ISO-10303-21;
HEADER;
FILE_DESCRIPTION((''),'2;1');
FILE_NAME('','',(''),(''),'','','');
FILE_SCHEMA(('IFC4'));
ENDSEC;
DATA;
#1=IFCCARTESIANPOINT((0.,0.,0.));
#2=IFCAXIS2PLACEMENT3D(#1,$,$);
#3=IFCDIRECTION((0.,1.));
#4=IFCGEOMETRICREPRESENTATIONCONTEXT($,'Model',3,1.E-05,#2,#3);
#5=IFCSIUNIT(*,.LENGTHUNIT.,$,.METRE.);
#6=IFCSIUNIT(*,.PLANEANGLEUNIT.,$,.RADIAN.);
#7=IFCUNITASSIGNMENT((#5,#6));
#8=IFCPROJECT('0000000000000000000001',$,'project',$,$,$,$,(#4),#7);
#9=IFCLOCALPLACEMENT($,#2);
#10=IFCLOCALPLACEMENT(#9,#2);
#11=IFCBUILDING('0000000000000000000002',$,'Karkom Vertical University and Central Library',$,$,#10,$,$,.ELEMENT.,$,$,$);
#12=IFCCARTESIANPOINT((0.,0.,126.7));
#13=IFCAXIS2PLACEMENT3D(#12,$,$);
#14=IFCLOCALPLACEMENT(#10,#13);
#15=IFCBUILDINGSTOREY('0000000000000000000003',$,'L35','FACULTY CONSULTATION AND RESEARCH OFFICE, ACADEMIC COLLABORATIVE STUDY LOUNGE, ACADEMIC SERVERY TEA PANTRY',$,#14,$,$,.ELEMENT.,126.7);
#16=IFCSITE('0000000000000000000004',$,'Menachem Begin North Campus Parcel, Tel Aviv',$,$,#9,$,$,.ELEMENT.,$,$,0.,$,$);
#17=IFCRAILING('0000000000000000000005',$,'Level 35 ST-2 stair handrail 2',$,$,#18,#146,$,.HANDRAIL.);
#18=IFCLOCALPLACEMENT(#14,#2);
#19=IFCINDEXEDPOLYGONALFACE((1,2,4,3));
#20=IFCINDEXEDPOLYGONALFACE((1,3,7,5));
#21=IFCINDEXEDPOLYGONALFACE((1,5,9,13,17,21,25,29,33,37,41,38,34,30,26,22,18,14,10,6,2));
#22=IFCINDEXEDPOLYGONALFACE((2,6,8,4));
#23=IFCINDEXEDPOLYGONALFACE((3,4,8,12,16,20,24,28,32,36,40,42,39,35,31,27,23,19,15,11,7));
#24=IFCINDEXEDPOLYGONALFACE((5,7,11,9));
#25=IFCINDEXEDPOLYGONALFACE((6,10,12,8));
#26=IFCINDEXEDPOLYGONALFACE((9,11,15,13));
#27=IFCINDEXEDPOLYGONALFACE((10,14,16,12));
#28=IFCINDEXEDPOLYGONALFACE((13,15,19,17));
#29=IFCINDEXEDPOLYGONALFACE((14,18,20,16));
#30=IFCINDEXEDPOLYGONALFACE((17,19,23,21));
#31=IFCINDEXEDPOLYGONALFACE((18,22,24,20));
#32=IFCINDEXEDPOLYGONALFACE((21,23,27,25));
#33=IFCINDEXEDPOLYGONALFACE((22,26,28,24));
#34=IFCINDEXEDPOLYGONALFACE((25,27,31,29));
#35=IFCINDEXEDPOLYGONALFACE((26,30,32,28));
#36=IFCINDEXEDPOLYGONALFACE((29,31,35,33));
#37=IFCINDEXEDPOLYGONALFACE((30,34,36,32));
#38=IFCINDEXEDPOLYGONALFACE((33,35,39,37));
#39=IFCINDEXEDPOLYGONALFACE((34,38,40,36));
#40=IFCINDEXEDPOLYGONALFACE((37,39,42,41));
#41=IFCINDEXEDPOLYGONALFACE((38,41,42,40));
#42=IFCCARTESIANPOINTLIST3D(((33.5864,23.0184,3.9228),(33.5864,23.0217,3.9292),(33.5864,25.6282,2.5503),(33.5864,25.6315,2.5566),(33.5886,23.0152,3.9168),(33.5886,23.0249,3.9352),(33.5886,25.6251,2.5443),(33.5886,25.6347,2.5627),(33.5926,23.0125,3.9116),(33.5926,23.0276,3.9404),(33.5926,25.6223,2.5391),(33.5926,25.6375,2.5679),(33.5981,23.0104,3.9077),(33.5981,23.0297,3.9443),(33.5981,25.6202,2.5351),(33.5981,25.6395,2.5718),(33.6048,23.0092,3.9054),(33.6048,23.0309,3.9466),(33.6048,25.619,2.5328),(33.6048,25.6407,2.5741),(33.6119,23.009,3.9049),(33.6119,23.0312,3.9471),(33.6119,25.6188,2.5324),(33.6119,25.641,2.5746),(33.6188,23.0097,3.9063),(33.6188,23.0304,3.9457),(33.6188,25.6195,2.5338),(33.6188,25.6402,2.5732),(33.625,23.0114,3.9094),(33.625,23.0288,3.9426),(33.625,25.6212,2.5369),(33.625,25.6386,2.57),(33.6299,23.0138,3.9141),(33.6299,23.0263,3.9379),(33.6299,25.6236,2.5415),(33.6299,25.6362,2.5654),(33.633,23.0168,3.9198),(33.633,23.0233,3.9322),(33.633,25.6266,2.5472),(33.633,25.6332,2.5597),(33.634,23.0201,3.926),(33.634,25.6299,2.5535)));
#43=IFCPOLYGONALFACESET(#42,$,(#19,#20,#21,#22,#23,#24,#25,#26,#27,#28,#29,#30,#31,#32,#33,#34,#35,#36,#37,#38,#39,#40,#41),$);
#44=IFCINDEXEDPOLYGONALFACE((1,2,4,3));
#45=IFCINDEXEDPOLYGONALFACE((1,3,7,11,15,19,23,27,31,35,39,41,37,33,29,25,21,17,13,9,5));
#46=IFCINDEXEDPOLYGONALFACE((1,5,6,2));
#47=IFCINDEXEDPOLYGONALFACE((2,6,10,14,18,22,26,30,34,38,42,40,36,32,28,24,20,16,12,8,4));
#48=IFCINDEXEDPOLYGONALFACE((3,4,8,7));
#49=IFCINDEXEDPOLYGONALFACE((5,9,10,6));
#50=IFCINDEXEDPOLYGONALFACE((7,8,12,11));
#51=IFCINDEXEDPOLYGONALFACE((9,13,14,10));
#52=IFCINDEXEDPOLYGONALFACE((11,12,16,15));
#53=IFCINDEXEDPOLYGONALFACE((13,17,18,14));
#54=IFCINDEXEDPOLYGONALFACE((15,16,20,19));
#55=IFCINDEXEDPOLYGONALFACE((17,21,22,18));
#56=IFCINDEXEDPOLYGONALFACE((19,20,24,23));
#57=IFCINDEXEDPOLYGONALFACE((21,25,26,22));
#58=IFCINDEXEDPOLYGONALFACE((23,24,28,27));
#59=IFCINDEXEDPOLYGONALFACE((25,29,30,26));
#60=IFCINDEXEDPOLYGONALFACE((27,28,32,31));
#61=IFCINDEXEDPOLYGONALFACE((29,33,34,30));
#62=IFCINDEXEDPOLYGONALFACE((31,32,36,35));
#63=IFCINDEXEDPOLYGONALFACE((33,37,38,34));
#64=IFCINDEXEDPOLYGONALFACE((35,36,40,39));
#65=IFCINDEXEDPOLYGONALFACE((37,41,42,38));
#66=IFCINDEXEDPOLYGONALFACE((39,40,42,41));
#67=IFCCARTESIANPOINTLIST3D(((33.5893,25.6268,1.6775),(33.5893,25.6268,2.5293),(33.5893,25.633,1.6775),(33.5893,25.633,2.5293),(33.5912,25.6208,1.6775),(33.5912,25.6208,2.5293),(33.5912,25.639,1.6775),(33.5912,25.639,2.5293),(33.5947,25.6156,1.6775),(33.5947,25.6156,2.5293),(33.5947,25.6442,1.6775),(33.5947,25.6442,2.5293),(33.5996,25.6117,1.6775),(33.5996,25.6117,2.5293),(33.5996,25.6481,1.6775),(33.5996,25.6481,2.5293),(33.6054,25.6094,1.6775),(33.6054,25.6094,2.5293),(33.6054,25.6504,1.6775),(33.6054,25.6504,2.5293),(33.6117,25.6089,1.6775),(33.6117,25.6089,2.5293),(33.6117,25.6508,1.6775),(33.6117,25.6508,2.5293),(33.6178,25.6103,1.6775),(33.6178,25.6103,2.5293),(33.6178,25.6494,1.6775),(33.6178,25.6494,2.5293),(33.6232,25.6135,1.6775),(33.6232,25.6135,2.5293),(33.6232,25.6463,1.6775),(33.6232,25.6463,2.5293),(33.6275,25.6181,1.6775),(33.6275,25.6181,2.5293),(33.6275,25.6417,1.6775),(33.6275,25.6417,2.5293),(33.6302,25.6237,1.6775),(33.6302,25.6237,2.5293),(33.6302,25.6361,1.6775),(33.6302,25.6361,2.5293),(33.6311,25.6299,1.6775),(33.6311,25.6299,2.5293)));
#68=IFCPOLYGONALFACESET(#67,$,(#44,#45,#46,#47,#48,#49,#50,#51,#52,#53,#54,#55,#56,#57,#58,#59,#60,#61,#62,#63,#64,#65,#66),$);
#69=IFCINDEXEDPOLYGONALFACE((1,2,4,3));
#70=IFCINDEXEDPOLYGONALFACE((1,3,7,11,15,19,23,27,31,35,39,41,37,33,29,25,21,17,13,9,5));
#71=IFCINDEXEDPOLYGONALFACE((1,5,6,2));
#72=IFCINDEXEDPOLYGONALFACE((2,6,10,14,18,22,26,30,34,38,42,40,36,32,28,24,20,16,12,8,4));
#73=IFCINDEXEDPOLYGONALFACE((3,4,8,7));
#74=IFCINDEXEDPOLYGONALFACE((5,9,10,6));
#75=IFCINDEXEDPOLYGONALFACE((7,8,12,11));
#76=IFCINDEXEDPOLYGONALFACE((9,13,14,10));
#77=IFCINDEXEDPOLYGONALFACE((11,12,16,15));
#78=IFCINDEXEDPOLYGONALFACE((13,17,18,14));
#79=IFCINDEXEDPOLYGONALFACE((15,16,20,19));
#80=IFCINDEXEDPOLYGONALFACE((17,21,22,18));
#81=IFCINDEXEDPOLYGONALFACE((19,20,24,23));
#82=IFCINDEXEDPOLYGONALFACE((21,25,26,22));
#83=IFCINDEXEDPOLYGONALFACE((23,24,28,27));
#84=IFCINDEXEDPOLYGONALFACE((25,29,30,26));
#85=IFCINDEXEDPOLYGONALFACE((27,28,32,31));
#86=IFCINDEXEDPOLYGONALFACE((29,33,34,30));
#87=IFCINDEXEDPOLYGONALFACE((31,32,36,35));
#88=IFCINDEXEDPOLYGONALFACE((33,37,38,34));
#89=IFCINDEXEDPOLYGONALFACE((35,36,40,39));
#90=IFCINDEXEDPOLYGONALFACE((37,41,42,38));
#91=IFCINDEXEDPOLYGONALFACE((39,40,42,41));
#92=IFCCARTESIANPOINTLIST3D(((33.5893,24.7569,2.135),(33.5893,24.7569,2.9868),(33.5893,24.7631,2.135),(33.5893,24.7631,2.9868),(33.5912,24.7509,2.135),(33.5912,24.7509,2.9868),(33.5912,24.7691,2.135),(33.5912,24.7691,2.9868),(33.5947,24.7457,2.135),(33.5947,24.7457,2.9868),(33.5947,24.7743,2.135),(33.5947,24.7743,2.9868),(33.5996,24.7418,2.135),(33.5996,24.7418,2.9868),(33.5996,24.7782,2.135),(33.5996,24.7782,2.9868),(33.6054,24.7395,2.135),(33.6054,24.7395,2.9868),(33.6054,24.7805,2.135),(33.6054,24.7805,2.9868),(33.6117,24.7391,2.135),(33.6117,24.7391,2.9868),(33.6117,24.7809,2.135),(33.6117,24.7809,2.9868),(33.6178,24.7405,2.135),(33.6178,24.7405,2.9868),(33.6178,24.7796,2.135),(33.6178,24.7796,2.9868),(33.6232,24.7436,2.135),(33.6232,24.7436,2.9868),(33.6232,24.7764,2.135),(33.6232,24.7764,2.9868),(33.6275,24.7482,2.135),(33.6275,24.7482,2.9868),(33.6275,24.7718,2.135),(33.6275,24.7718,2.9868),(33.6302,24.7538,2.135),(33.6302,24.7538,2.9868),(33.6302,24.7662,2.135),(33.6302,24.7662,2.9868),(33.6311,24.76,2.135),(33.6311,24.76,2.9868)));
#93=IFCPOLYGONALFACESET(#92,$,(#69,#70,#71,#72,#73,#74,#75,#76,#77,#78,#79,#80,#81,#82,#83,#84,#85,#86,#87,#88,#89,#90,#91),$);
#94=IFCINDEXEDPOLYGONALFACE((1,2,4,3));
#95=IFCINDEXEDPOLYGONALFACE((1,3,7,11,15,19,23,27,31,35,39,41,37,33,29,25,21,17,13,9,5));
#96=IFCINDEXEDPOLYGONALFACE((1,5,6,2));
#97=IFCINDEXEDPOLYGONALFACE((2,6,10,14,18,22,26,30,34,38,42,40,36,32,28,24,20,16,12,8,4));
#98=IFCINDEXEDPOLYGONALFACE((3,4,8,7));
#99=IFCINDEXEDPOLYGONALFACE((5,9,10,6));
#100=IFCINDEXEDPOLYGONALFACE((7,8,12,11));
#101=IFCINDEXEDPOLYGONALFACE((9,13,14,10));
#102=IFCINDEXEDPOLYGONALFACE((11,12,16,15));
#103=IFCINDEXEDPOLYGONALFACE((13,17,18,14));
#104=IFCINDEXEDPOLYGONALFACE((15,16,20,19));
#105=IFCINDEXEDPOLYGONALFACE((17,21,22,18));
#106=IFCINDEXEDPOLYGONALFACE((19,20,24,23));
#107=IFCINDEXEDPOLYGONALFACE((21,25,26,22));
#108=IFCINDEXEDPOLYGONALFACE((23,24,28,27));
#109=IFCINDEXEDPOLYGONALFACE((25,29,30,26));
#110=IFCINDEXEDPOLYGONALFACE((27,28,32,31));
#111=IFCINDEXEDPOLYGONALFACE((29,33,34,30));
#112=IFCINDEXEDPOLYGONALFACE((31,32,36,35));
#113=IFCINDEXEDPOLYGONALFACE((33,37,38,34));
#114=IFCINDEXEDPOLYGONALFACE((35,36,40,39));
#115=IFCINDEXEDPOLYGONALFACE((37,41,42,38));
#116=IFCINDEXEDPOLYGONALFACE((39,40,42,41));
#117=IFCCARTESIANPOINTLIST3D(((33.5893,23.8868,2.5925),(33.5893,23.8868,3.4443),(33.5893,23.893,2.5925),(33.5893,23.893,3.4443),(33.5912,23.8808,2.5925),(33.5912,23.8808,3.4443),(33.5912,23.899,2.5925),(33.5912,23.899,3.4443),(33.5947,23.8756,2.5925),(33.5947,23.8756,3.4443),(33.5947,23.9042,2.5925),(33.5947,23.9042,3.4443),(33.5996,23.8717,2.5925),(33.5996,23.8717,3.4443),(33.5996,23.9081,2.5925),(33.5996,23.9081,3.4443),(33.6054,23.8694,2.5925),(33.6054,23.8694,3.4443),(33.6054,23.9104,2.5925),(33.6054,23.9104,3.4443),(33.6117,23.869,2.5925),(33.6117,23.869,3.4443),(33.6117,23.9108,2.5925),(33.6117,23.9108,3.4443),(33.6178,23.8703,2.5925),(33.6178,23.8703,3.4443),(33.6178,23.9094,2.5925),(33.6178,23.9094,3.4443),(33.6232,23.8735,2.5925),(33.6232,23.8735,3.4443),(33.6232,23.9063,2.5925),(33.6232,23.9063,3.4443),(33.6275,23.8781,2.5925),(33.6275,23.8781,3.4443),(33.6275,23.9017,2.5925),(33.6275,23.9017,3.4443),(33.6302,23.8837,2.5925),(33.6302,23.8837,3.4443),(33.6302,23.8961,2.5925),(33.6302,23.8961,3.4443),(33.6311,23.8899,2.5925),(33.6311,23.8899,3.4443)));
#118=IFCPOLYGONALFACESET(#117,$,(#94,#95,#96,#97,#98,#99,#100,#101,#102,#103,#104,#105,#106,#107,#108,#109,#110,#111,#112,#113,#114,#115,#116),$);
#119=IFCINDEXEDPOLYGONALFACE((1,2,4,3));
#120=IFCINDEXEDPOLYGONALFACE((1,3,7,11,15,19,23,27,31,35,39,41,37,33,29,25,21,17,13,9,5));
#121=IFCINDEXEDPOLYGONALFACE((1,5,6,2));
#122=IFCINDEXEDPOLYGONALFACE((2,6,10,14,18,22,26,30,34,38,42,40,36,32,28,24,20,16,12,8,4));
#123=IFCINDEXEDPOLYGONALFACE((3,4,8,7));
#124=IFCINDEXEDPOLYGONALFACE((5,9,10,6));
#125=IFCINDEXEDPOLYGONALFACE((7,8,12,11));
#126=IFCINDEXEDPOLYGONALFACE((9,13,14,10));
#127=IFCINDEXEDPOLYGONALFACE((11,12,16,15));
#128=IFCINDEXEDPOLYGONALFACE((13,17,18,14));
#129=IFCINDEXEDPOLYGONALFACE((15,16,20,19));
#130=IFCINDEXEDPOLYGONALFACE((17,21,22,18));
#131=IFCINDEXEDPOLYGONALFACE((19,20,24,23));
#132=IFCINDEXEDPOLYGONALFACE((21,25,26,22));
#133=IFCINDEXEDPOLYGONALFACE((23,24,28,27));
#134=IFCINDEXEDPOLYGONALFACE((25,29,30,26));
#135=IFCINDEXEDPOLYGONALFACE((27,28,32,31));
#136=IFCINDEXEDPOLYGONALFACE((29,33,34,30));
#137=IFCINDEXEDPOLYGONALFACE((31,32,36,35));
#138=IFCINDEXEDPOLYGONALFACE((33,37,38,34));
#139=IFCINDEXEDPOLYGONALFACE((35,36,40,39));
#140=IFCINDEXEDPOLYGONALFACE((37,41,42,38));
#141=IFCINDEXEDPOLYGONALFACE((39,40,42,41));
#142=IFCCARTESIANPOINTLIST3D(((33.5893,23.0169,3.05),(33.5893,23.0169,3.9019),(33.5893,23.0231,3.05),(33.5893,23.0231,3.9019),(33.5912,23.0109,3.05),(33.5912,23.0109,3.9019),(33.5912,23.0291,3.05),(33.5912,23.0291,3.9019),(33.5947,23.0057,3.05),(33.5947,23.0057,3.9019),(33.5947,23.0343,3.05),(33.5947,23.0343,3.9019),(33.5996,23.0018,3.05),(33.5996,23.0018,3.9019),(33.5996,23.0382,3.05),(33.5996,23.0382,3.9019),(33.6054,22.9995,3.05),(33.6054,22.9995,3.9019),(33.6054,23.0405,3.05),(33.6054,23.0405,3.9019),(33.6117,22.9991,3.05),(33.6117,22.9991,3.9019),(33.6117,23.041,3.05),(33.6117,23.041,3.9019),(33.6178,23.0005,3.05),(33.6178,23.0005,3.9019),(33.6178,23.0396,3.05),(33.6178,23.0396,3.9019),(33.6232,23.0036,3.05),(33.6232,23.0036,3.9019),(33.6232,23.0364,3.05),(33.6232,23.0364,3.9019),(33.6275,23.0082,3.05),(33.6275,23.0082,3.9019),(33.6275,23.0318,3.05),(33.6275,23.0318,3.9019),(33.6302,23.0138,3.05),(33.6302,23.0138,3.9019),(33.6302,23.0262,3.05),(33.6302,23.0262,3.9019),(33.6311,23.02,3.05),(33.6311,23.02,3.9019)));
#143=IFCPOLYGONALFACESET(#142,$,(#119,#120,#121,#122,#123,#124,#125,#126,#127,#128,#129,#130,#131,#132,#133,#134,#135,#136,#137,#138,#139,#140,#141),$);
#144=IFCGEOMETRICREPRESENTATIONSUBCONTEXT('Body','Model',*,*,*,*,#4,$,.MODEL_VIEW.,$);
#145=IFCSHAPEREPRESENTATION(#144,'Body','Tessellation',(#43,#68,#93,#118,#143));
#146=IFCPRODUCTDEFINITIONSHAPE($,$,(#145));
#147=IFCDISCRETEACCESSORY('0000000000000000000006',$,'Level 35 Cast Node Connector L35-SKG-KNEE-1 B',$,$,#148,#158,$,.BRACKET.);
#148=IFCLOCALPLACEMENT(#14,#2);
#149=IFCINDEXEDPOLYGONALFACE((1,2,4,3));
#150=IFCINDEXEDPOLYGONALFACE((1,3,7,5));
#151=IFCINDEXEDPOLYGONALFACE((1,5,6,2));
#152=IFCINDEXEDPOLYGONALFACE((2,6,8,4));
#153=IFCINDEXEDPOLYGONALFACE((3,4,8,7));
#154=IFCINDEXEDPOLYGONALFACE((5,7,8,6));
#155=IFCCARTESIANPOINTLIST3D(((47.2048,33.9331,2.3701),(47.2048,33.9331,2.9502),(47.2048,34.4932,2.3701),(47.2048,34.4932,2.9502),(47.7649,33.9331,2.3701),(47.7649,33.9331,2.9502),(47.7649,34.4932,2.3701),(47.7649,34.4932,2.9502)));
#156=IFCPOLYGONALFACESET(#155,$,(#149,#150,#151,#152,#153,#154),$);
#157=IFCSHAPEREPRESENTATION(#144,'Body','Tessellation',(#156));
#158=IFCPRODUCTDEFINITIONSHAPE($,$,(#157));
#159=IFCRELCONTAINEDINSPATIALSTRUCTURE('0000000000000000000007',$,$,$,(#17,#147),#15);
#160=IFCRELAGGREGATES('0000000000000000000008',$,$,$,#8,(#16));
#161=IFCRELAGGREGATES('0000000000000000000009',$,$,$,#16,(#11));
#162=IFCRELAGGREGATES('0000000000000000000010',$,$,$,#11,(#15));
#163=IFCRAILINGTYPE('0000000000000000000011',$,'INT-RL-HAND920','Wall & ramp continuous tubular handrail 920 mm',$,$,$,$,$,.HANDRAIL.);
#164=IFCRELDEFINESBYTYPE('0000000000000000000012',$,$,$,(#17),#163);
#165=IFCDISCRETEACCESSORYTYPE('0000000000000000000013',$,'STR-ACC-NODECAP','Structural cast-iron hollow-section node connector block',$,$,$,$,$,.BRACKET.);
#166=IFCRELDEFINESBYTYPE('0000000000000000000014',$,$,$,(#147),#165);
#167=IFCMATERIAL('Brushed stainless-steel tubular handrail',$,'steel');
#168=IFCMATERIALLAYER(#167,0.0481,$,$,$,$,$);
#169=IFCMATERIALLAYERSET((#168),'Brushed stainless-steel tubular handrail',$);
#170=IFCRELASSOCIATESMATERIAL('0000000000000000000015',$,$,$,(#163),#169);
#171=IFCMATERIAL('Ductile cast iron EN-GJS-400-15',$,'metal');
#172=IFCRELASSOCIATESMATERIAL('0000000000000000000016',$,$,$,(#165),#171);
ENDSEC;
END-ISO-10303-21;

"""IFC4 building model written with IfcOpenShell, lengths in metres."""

from ifc_helpers import new_model, si_unit, direction, frame, origin, origin_with_axes, origin_2d, place, context, subcontext, project, spatial, rectangle, circle, extrude, source, transform, mapped, material, layer, layer_set, type_object, element, save


model = new_model("IFC4")

# Units and contexts
model_context = context("Model", 3, precision=1e-05, world=origin(), true_north=direction((0.0, 1.0)))
body_context = subcontext(model_context, "Body", "Model", "MODEL_VIEW")
ifc_project = project(units=[si_unit("LENGTHUNIT", "METRE"), si_unit("PLANEANGLEUNIT", "RADIAN")], contexts=[model_context])

# Site, building, storey
site_placement = place(None, origin())
site = spatial("IfcSite", under=ifc_project, at=site_placement, Name="Menachem Begin North Campus Parcel, Tel Aviv", CompositionType="ELEMENT", RefElevation=0.0)
building_placement = place(site_placement, origin())
building = spatial("IfcBuilding", under=site, at=building_placement, Name="Karkom Vertical University and Central Library", CompositionType="ELEMENT")
storey_placement = place(building_placement, frame((0.0, 0.0, 126.7)))
storey = spatial("IfcBuildingStorey", under=building, at=storey_placement, Name="L35", Description="FACULTY CONSULTATION AND RESEARCH OFFICE, ACADEMIC COLLABORATIVE STUDY LOUNGE, ACADEMIC SERVERY TEA PANTRY", CompositionType="ELEMENT", Elevation=126.7)

# Railing
ifc_material_1 = material(Name="Brushed stainless-steel tubular handrail", Category="steel")
ifc_layer_1 = layer(ifc_material_1, 0.0481)
ifc_layer_set_1 = layer_set([ifc_layer_1], Name="Brushed stainless-steel tubular handrail")
railing_type_1 = type_object("IfcRailingType", Name="INT-RL-HAND920", Description="Wall & ramp continuous tubular handrail 920 mm", PredefinedType="HANDRAIL", material=ifc_layer_set_1)
railing_1_placement = place(storey_placement, frame((33.6101, 25.6299, 1.6775)))
element("IfcRailing", 1, at=railing_1_placement, inside=storey, type_object=railing_type_1, Name="Level 35 ST-2 stair handrail 2", PredefinedType="HANDRAIL", context=body_context, shape_type="SweptSolid", body=[
    extrude(circle(Radius=0.0239, at=origin_2d()), frame((0.0, 0.0, 0.876), z_axis=(0.0, -0.885065, 0.465467), x_axis=(1.0, 0.0, 0.0)), (0.0, 0.0, 1.0), 2.9487),
    extrude(circle(Radius=0.021, at=origin_2d()), origin(), (0.0, 0.0, 1.0), 0.8518),
    extrude(circle(Radius=0.021, at=origin_2d()), frame((0.0, -0.8699, 0.4575)), (0.0, 0.0, 1.0), 0.8518),
    extrude(circle(Radius=0.021, at=origin_2d()), frame((0.0, -1.74, 0.915)), (0.0, 0.0, 1.0), 0.8518),
    extrude(circle(Radius=0.021, at=origin_2d()), frame((0.0, -2.6099, 1.3726)), (0.0, 0.0, 1.0), 0.8518),
])

# Discrete accessory
ifc_material_2 = material(Name="Ductile cast iron EN-GJS-400-15", Category="metal")
discrete_accessory_type = type_object("IfcDiscreteAccessoryType", Name="STR-ACC-NODECAP", Description="Structural cast-iron hollow-section node connector block", PredefinedType="BRACKET", material=ifc_material_2)
shared_shape_1 = source(origin_with_axes(), body_context, "Body", "SweptSolid", [
    extrude(rectangle(XDim=0.5601, YDim=0.5601, at=origin_2d()), origin(), (0.0, 0.0, 1.0), 0.5801),
])
discrete_accessory_placement = place(storey_placement, frame((47.4849, 34.2131, 2.3701), z_axis=(0.0, 0.0, 1.0), x_axis=(1.0, 0.0, 0.0)))
element("IfcDiscreteAccessory", 2, at=discrete_accessory_placement, inside=storey, type_object=discrete_accessory_type, Name="Level 35 Cast Node Connector L35-SKG-KNEE-1 B", PredefinedType="BRACKET", context=body_context, shape_type="MappedRepresentation", body=[
    mapped(shared_shape_1, transform((0.0, 0.0, 0.0), scale=1.0)),
])

save(model, "model.ifc")
